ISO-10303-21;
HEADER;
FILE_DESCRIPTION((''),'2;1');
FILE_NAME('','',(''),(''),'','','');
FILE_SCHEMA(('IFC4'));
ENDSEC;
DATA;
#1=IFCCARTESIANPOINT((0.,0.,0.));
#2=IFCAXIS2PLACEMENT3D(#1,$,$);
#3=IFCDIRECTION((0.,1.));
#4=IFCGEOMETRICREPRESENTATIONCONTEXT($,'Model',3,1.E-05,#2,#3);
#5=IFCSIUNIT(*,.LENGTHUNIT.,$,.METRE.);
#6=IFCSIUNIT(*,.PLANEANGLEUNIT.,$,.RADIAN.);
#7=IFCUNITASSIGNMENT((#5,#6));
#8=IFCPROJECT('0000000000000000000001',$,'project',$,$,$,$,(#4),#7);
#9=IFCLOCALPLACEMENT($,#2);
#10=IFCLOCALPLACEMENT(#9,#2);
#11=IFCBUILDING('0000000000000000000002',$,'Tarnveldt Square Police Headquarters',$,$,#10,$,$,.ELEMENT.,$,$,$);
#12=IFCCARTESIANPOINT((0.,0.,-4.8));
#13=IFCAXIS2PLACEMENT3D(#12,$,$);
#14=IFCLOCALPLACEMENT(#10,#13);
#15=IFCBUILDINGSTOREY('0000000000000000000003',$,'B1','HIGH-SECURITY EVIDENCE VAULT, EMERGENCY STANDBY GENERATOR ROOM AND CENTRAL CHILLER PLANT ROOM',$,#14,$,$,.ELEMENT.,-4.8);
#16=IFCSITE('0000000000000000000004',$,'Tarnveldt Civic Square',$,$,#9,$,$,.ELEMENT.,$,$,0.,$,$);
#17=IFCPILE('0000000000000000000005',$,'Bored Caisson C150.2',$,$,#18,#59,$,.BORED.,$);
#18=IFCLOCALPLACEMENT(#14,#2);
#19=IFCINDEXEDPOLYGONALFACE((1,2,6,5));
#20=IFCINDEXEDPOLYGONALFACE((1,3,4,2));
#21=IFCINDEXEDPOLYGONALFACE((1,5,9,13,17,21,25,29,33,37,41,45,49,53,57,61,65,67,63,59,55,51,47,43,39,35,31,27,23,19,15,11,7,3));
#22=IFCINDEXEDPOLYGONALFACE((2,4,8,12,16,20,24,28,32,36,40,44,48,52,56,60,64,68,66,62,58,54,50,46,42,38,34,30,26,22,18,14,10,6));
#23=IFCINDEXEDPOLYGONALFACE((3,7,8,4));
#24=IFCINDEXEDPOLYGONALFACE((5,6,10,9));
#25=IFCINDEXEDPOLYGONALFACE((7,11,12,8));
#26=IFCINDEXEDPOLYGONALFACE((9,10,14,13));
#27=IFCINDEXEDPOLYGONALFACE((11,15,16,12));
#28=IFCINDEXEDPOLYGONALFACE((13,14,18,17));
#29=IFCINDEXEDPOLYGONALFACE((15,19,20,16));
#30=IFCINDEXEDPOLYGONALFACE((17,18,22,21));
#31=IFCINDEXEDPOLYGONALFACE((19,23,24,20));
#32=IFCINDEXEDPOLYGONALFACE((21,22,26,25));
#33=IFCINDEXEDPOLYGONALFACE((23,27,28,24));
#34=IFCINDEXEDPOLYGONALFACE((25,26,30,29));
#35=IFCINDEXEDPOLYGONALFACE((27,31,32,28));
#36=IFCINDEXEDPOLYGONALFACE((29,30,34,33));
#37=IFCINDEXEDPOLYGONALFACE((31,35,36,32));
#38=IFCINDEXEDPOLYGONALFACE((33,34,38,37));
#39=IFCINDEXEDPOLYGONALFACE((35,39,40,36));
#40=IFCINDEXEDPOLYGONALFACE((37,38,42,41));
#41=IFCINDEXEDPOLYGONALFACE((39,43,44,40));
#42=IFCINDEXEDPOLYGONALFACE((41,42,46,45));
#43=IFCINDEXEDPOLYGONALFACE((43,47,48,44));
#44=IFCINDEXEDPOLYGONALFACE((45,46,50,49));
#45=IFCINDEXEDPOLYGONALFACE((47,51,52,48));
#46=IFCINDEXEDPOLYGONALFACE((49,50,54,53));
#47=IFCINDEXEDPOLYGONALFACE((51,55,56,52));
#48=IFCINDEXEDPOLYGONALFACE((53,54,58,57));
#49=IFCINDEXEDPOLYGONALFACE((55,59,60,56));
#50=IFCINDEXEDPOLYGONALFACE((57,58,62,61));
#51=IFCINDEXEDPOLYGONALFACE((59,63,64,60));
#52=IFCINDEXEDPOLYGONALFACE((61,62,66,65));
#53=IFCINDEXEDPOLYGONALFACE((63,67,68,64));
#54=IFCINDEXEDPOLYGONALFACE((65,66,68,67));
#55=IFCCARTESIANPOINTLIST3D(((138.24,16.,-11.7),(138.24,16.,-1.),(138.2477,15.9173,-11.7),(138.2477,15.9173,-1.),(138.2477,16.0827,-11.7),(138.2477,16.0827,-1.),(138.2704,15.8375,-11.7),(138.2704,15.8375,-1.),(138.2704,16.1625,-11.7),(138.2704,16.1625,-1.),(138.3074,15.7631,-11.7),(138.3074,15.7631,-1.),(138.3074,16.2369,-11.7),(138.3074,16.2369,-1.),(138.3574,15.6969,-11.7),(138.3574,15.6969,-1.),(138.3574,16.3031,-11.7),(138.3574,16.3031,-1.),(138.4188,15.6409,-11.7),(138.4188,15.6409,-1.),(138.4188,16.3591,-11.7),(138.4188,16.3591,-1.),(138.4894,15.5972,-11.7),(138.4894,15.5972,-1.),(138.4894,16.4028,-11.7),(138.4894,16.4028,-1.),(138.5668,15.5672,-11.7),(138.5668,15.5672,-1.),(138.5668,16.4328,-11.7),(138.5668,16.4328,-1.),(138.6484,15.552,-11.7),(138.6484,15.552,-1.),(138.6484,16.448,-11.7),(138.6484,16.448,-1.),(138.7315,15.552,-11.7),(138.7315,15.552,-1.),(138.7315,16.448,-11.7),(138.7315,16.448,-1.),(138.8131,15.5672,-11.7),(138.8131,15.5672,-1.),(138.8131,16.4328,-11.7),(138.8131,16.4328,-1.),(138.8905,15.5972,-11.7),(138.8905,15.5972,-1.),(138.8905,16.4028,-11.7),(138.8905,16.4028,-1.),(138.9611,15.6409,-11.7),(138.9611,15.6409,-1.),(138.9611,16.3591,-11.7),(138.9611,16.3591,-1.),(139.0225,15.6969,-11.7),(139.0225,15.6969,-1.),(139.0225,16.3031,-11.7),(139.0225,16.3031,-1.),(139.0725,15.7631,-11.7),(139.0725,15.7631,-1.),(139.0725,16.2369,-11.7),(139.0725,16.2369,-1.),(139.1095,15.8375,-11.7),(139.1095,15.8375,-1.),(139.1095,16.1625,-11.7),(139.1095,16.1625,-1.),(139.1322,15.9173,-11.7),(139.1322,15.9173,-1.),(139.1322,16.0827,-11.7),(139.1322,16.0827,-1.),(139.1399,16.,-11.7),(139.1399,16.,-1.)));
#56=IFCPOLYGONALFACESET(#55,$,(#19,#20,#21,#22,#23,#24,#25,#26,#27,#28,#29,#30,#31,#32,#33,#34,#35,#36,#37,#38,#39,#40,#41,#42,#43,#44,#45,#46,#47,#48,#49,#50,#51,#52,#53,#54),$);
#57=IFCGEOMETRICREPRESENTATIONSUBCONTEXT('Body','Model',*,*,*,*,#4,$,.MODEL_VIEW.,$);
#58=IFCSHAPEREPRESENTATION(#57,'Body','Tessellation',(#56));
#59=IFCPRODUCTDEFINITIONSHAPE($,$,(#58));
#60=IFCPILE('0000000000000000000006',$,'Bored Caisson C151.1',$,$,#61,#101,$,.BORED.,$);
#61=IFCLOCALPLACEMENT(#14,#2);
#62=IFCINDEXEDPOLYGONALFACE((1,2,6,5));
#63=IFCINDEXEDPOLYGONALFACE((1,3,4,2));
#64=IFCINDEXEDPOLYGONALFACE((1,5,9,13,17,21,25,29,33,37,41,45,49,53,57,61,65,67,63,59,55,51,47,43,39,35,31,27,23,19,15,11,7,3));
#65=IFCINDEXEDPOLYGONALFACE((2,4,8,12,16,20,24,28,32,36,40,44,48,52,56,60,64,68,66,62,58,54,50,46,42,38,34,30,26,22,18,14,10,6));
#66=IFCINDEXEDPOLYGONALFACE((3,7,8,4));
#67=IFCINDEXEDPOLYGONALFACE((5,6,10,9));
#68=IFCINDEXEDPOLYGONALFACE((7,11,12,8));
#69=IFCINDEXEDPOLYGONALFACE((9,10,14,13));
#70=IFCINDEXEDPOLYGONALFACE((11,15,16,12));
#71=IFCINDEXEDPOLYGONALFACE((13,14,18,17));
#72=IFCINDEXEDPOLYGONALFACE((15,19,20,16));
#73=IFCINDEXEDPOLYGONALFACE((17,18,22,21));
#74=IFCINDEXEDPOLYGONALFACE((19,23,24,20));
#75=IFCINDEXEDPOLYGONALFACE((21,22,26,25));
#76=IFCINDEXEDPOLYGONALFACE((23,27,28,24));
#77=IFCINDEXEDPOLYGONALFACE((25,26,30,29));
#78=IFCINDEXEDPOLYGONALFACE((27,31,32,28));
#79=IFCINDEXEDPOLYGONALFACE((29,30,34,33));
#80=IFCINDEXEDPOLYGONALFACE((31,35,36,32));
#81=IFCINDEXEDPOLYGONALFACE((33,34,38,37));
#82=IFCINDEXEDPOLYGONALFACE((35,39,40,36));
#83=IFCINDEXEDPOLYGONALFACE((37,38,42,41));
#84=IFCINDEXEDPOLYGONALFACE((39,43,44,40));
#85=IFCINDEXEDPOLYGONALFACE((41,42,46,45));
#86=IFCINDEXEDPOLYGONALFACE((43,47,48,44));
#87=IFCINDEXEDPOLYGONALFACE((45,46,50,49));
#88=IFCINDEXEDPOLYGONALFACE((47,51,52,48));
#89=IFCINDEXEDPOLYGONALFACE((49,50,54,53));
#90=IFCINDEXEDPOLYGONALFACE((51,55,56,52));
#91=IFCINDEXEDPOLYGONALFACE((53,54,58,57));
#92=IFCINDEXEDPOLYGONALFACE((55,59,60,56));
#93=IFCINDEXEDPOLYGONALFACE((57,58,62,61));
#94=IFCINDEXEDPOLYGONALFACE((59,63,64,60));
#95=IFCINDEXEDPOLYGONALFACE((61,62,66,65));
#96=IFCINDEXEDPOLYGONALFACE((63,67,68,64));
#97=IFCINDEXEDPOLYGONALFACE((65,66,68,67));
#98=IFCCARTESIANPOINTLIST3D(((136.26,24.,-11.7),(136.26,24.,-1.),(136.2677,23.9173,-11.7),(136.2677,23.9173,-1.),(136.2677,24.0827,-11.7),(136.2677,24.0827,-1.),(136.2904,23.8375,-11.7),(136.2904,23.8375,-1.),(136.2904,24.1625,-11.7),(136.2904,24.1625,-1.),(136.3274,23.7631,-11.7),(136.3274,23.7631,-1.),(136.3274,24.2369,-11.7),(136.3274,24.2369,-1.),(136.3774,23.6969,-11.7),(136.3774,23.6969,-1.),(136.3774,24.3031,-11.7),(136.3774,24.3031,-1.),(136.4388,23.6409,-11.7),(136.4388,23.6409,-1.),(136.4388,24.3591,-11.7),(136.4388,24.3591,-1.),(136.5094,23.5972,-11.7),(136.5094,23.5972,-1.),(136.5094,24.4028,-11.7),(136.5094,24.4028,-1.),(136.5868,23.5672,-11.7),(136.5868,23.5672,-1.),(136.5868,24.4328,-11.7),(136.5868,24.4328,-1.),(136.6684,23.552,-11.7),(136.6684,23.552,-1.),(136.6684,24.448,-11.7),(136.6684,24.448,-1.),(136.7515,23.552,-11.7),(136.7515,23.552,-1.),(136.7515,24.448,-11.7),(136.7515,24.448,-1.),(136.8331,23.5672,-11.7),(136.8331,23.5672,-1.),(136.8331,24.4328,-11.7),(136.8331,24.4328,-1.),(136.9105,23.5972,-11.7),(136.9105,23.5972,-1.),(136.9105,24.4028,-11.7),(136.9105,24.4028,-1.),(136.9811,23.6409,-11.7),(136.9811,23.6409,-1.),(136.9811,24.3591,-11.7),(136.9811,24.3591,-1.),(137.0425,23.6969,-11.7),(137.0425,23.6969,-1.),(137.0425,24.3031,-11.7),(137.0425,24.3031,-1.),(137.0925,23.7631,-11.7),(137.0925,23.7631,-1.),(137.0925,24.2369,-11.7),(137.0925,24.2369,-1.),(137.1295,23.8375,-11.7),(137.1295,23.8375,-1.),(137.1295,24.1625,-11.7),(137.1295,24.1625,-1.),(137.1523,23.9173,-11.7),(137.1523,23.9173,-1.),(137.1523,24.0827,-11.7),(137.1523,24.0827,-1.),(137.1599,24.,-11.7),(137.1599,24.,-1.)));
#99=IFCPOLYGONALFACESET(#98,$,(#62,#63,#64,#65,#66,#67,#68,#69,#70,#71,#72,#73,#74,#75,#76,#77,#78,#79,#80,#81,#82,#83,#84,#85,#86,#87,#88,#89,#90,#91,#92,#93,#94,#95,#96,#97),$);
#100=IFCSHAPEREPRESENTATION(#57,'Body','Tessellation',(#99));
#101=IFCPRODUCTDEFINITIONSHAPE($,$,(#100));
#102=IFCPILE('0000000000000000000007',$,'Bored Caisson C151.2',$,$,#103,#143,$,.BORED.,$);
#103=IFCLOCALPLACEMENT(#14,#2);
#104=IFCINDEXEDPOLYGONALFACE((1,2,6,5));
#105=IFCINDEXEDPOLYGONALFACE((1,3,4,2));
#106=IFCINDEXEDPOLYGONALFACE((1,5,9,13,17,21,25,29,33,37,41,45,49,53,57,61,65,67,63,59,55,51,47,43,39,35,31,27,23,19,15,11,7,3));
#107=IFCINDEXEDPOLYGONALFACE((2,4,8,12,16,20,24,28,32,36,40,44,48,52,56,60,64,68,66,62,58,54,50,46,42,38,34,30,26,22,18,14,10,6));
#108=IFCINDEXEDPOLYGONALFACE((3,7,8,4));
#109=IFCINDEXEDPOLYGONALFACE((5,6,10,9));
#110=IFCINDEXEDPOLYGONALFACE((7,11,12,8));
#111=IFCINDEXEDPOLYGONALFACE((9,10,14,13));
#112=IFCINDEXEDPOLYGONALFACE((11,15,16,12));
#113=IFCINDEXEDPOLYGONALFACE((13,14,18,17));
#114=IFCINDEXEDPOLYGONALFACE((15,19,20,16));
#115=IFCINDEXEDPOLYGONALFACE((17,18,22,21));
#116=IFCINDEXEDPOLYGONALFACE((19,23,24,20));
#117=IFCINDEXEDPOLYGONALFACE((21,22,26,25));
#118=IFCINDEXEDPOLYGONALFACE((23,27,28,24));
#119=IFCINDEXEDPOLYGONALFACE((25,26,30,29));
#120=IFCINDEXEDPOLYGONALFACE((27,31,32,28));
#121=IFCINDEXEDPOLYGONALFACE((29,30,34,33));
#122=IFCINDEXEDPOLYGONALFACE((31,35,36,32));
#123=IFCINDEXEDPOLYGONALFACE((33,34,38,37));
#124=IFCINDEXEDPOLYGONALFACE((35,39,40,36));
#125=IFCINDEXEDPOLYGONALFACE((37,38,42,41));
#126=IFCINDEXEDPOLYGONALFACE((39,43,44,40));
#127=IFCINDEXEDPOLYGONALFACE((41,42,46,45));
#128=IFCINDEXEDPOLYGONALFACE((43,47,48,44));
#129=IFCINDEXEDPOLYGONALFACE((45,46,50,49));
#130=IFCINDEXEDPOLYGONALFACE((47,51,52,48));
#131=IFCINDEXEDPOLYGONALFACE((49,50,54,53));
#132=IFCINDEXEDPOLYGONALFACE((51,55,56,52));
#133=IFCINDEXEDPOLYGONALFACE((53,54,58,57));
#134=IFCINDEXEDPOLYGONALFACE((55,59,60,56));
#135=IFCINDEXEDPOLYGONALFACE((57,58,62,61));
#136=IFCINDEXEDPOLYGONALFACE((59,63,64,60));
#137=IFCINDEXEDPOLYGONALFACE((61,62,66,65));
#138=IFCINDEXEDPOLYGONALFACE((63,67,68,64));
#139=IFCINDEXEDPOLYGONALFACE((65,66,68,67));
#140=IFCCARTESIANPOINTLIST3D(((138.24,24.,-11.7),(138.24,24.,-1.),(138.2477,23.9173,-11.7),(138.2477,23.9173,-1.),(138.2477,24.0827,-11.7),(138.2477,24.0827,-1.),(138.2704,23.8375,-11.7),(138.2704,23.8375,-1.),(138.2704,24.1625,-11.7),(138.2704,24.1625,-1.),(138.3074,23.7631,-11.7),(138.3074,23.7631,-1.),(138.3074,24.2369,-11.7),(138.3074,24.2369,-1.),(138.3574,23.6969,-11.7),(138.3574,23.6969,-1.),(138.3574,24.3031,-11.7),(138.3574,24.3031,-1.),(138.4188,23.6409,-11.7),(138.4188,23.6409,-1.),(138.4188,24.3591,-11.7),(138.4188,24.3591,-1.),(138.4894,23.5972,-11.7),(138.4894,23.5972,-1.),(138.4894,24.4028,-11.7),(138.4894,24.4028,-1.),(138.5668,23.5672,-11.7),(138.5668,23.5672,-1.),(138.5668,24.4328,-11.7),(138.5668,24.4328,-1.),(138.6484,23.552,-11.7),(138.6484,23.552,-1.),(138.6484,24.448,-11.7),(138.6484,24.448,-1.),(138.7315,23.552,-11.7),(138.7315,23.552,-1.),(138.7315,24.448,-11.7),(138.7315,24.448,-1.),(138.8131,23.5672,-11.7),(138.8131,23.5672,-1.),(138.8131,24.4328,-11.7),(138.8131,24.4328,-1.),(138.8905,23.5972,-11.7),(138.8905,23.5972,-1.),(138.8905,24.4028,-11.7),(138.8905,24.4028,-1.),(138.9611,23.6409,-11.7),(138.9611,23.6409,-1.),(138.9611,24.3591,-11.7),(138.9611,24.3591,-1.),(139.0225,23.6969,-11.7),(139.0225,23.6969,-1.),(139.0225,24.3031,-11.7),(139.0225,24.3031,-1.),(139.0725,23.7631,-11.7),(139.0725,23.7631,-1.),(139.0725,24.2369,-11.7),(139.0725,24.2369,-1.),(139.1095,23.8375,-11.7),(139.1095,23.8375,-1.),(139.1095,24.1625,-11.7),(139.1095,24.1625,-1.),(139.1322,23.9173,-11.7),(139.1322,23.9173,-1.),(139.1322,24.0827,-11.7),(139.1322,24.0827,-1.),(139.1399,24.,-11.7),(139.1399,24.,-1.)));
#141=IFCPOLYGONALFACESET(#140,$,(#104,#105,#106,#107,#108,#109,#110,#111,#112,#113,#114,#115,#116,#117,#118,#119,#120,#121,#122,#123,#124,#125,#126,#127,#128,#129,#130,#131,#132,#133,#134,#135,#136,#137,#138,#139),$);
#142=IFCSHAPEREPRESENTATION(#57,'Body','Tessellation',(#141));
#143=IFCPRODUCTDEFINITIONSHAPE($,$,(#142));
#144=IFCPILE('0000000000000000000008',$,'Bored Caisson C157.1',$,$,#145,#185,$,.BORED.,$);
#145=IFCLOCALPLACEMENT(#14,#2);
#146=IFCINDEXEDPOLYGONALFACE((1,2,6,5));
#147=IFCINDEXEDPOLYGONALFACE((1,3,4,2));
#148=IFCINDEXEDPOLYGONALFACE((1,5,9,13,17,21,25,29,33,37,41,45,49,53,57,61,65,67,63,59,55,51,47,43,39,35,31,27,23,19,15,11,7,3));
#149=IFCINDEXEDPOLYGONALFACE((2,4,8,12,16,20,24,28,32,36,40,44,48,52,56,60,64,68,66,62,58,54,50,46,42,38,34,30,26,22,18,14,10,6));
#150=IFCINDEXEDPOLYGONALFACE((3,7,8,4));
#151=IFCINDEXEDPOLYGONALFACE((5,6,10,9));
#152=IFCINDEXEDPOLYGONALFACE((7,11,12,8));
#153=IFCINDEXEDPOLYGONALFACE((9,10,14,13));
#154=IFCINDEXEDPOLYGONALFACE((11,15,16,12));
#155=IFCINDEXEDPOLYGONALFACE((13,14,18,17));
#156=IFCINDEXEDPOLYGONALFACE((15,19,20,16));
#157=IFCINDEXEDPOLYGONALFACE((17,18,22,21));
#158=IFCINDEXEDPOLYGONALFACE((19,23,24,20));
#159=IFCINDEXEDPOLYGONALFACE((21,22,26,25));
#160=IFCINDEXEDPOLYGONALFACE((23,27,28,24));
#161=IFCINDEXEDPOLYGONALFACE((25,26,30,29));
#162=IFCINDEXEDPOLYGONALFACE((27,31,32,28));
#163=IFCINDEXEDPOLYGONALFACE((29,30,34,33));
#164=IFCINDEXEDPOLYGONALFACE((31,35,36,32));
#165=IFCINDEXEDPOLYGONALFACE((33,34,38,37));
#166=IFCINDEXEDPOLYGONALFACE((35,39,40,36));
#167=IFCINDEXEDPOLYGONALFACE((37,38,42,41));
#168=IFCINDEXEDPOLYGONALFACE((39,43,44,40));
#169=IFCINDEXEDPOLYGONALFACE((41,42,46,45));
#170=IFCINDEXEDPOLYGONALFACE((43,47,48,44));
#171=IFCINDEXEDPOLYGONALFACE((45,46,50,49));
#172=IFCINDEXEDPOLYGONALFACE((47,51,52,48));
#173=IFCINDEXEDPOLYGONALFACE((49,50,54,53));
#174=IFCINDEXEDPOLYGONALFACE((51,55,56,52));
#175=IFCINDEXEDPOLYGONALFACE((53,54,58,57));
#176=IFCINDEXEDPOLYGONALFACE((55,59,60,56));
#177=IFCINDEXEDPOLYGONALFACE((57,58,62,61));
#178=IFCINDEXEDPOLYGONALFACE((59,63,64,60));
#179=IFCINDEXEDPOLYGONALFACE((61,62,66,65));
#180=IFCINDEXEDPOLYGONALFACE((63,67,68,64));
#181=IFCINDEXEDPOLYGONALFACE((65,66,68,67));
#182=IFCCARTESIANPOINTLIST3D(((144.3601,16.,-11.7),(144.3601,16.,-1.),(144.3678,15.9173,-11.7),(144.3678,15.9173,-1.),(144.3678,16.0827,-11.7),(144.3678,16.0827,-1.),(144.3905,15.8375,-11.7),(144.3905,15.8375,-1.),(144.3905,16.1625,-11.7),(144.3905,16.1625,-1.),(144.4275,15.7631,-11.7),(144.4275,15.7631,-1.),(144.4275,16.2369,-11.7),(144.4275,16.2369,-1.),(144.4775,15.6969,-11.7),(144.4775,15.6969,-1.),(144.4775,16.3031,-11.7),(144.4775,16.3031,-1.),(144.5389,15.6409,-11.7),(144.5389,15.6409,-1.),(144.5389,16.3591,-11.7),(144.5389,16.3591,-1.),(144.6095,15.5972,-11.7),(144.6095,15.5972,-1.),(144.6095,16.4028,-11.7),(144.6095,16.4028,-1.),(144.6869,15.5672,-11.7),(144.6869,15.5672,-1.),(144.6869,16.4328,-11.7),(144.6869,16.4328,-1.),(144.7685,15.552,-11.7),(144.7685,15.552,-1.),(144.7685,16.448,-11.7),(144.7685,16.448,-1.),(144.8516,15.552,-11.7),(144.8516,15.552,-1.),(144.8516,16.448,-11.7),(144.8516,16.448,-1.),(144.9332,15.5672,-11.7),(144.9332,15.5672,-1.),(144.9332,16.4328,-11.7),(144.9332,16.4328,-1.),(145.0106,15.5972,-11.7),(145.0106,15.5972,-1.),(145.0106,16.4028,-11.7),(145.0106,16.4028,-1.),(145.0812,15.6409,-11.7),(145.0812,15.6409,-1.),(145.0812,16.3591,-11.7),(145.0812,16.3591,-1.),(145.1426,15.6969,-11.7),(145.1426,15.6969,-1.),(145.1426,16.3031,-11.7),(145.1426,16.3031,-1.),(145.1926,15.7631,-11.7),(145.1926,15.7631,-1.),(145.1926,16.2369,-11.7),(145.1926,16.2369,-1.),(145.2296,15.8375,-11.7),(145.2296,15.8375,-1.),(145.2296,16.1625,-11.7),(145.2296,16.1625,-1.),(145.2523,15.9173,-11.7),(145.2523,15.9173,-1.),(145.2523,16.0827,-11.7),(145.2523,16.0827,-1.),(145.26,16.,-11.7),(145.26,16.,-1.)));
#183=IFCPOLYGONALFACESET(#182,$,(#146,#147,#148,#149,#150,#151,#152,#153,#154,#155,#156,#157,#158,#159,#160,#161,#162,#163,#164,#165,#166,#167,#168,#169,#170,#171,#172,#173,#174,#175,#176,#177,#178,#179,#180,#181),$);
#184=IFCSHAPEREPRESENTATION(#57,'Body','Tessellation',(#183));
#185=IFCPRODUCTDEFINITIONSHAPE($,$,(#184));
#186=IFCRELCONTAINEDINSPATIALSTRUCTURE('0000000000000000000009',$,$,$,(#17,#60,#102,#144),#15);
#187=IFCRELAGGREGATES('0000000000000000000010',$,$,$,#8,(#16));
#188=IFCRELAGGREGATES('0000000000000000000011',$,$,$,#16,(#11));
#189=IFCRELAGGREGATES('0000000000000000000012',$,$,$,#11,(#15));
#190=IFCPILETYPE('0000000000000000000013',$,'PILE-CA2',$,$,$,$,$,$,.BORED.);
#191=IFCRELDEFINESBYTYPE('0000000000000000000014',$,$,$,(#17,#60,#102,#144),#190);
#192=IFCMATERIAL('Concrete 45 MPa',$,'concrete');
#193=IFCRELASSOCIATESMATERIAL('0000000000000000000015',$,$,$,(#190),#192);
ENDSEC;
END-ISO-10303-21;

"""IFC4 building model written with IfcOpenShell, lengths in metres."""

from ifc_helpers import new_model, si_unit, direction, frame, origin, origin_2d, place, context, subcontext, project, spatial, circle, extrude, material, material_profile, profile_set, type_object, element, save


model = new_model("IFC4")

# Units and contexts
model_context = context("Model", 3, precision=1e-05, world=origin(), true_north=direction((0.0, 1.0)))
body_context = subcontext(model_context, "Body", "Model", "MODEL_VIEW")
ifc_project = project(units=[si_unit("LENGTHUNIT", "METRE"), si_unit("PLANEANGLEUNIT", "RADIAN")], contexts=[model_context])

# Site, building, storey
site_placement = place(None, origin())
site = spatial("IfcSite", under=ifc_project, at=site_placement, Name="Tarnveldt Civic Square", CompositionType="ELEMENT", RefElevation=0.0)
building_placement = place(site_placement, origin())
building = spatial("IfcBuilding", under=site, at=building_placement, Name="Tarnveldt Square Police Headquarters", CompositionType="ELEMENT")
storey_placement = place(building_placement, frame((0.0, 0.0, -4.8)))
storey = spatial("IfcBuildingStorey", under=building, at=storey_placement, Name="B1", Description="HIGH-SECURITY EVIDENCE VAULT, EMERGENCY STANDBY GENERATOR ROOM AND CENTRAL CHILLER PLANT ROOM", CompositionType="ELEMENT", Elevation=-4.8)

# Shared definitions
ifc_material_1 = material(Name="Concrete 45 MPa", Category="concrete")

# Piles
ifc_material_profile_1 = material_profile(ifc_material_1, circle(Radius=0.45, at=origin_2d()), Name="CAISSON-D900")
ifc_profile_set_1 = profile_set([ifc_material_profile_1], Name="Concrete 45 MPa")
pile_type_1 = type_object("IfcPileType", Name="PILE-CA2", PredefinedType="BORED", material=ifc_profile_set_1)
for number, where, z_axis, x_axis, name in (
    (1, (138.6899, 16.0, -1.0), (0.0, 0.0, -1.0), (1.0, 0.0, 0.0), "Bored Caisson C150.2"),
    (2, (136.71, 24.0, -1.0), (0.0, 0.0, -1.0), (1.0, 0.0, 0.0), "Bored Caisson C151.1"),
    (3, (138.6899, 24.0, -1.0), (0.0, 0.0, -1.0), (1.0, 0.0, 0.0), "Bored Caisson C151.2"),
    (4, (144.8101, 16.0, -1.0), (0.0, 0.0, -1.0), (1.0, 0.0, 0.0), "Bored Caisson C157.1"),
):
    element("IfcPile", number, at=place(storey_placement, frame(where, z_axis=z_axis, x_axis=x_axis)), inside=storey, type_object=pile_type_1, Name=name, PredefinedType="BORED", context=body_context, shape_type="SweptSolid", body=[
        extrude(circle(Radius=0.45, at=origin_2d()), origin(), (0.0, 0.0, 1.0), 10.7),
    ])

save(model, "model.ifc")
